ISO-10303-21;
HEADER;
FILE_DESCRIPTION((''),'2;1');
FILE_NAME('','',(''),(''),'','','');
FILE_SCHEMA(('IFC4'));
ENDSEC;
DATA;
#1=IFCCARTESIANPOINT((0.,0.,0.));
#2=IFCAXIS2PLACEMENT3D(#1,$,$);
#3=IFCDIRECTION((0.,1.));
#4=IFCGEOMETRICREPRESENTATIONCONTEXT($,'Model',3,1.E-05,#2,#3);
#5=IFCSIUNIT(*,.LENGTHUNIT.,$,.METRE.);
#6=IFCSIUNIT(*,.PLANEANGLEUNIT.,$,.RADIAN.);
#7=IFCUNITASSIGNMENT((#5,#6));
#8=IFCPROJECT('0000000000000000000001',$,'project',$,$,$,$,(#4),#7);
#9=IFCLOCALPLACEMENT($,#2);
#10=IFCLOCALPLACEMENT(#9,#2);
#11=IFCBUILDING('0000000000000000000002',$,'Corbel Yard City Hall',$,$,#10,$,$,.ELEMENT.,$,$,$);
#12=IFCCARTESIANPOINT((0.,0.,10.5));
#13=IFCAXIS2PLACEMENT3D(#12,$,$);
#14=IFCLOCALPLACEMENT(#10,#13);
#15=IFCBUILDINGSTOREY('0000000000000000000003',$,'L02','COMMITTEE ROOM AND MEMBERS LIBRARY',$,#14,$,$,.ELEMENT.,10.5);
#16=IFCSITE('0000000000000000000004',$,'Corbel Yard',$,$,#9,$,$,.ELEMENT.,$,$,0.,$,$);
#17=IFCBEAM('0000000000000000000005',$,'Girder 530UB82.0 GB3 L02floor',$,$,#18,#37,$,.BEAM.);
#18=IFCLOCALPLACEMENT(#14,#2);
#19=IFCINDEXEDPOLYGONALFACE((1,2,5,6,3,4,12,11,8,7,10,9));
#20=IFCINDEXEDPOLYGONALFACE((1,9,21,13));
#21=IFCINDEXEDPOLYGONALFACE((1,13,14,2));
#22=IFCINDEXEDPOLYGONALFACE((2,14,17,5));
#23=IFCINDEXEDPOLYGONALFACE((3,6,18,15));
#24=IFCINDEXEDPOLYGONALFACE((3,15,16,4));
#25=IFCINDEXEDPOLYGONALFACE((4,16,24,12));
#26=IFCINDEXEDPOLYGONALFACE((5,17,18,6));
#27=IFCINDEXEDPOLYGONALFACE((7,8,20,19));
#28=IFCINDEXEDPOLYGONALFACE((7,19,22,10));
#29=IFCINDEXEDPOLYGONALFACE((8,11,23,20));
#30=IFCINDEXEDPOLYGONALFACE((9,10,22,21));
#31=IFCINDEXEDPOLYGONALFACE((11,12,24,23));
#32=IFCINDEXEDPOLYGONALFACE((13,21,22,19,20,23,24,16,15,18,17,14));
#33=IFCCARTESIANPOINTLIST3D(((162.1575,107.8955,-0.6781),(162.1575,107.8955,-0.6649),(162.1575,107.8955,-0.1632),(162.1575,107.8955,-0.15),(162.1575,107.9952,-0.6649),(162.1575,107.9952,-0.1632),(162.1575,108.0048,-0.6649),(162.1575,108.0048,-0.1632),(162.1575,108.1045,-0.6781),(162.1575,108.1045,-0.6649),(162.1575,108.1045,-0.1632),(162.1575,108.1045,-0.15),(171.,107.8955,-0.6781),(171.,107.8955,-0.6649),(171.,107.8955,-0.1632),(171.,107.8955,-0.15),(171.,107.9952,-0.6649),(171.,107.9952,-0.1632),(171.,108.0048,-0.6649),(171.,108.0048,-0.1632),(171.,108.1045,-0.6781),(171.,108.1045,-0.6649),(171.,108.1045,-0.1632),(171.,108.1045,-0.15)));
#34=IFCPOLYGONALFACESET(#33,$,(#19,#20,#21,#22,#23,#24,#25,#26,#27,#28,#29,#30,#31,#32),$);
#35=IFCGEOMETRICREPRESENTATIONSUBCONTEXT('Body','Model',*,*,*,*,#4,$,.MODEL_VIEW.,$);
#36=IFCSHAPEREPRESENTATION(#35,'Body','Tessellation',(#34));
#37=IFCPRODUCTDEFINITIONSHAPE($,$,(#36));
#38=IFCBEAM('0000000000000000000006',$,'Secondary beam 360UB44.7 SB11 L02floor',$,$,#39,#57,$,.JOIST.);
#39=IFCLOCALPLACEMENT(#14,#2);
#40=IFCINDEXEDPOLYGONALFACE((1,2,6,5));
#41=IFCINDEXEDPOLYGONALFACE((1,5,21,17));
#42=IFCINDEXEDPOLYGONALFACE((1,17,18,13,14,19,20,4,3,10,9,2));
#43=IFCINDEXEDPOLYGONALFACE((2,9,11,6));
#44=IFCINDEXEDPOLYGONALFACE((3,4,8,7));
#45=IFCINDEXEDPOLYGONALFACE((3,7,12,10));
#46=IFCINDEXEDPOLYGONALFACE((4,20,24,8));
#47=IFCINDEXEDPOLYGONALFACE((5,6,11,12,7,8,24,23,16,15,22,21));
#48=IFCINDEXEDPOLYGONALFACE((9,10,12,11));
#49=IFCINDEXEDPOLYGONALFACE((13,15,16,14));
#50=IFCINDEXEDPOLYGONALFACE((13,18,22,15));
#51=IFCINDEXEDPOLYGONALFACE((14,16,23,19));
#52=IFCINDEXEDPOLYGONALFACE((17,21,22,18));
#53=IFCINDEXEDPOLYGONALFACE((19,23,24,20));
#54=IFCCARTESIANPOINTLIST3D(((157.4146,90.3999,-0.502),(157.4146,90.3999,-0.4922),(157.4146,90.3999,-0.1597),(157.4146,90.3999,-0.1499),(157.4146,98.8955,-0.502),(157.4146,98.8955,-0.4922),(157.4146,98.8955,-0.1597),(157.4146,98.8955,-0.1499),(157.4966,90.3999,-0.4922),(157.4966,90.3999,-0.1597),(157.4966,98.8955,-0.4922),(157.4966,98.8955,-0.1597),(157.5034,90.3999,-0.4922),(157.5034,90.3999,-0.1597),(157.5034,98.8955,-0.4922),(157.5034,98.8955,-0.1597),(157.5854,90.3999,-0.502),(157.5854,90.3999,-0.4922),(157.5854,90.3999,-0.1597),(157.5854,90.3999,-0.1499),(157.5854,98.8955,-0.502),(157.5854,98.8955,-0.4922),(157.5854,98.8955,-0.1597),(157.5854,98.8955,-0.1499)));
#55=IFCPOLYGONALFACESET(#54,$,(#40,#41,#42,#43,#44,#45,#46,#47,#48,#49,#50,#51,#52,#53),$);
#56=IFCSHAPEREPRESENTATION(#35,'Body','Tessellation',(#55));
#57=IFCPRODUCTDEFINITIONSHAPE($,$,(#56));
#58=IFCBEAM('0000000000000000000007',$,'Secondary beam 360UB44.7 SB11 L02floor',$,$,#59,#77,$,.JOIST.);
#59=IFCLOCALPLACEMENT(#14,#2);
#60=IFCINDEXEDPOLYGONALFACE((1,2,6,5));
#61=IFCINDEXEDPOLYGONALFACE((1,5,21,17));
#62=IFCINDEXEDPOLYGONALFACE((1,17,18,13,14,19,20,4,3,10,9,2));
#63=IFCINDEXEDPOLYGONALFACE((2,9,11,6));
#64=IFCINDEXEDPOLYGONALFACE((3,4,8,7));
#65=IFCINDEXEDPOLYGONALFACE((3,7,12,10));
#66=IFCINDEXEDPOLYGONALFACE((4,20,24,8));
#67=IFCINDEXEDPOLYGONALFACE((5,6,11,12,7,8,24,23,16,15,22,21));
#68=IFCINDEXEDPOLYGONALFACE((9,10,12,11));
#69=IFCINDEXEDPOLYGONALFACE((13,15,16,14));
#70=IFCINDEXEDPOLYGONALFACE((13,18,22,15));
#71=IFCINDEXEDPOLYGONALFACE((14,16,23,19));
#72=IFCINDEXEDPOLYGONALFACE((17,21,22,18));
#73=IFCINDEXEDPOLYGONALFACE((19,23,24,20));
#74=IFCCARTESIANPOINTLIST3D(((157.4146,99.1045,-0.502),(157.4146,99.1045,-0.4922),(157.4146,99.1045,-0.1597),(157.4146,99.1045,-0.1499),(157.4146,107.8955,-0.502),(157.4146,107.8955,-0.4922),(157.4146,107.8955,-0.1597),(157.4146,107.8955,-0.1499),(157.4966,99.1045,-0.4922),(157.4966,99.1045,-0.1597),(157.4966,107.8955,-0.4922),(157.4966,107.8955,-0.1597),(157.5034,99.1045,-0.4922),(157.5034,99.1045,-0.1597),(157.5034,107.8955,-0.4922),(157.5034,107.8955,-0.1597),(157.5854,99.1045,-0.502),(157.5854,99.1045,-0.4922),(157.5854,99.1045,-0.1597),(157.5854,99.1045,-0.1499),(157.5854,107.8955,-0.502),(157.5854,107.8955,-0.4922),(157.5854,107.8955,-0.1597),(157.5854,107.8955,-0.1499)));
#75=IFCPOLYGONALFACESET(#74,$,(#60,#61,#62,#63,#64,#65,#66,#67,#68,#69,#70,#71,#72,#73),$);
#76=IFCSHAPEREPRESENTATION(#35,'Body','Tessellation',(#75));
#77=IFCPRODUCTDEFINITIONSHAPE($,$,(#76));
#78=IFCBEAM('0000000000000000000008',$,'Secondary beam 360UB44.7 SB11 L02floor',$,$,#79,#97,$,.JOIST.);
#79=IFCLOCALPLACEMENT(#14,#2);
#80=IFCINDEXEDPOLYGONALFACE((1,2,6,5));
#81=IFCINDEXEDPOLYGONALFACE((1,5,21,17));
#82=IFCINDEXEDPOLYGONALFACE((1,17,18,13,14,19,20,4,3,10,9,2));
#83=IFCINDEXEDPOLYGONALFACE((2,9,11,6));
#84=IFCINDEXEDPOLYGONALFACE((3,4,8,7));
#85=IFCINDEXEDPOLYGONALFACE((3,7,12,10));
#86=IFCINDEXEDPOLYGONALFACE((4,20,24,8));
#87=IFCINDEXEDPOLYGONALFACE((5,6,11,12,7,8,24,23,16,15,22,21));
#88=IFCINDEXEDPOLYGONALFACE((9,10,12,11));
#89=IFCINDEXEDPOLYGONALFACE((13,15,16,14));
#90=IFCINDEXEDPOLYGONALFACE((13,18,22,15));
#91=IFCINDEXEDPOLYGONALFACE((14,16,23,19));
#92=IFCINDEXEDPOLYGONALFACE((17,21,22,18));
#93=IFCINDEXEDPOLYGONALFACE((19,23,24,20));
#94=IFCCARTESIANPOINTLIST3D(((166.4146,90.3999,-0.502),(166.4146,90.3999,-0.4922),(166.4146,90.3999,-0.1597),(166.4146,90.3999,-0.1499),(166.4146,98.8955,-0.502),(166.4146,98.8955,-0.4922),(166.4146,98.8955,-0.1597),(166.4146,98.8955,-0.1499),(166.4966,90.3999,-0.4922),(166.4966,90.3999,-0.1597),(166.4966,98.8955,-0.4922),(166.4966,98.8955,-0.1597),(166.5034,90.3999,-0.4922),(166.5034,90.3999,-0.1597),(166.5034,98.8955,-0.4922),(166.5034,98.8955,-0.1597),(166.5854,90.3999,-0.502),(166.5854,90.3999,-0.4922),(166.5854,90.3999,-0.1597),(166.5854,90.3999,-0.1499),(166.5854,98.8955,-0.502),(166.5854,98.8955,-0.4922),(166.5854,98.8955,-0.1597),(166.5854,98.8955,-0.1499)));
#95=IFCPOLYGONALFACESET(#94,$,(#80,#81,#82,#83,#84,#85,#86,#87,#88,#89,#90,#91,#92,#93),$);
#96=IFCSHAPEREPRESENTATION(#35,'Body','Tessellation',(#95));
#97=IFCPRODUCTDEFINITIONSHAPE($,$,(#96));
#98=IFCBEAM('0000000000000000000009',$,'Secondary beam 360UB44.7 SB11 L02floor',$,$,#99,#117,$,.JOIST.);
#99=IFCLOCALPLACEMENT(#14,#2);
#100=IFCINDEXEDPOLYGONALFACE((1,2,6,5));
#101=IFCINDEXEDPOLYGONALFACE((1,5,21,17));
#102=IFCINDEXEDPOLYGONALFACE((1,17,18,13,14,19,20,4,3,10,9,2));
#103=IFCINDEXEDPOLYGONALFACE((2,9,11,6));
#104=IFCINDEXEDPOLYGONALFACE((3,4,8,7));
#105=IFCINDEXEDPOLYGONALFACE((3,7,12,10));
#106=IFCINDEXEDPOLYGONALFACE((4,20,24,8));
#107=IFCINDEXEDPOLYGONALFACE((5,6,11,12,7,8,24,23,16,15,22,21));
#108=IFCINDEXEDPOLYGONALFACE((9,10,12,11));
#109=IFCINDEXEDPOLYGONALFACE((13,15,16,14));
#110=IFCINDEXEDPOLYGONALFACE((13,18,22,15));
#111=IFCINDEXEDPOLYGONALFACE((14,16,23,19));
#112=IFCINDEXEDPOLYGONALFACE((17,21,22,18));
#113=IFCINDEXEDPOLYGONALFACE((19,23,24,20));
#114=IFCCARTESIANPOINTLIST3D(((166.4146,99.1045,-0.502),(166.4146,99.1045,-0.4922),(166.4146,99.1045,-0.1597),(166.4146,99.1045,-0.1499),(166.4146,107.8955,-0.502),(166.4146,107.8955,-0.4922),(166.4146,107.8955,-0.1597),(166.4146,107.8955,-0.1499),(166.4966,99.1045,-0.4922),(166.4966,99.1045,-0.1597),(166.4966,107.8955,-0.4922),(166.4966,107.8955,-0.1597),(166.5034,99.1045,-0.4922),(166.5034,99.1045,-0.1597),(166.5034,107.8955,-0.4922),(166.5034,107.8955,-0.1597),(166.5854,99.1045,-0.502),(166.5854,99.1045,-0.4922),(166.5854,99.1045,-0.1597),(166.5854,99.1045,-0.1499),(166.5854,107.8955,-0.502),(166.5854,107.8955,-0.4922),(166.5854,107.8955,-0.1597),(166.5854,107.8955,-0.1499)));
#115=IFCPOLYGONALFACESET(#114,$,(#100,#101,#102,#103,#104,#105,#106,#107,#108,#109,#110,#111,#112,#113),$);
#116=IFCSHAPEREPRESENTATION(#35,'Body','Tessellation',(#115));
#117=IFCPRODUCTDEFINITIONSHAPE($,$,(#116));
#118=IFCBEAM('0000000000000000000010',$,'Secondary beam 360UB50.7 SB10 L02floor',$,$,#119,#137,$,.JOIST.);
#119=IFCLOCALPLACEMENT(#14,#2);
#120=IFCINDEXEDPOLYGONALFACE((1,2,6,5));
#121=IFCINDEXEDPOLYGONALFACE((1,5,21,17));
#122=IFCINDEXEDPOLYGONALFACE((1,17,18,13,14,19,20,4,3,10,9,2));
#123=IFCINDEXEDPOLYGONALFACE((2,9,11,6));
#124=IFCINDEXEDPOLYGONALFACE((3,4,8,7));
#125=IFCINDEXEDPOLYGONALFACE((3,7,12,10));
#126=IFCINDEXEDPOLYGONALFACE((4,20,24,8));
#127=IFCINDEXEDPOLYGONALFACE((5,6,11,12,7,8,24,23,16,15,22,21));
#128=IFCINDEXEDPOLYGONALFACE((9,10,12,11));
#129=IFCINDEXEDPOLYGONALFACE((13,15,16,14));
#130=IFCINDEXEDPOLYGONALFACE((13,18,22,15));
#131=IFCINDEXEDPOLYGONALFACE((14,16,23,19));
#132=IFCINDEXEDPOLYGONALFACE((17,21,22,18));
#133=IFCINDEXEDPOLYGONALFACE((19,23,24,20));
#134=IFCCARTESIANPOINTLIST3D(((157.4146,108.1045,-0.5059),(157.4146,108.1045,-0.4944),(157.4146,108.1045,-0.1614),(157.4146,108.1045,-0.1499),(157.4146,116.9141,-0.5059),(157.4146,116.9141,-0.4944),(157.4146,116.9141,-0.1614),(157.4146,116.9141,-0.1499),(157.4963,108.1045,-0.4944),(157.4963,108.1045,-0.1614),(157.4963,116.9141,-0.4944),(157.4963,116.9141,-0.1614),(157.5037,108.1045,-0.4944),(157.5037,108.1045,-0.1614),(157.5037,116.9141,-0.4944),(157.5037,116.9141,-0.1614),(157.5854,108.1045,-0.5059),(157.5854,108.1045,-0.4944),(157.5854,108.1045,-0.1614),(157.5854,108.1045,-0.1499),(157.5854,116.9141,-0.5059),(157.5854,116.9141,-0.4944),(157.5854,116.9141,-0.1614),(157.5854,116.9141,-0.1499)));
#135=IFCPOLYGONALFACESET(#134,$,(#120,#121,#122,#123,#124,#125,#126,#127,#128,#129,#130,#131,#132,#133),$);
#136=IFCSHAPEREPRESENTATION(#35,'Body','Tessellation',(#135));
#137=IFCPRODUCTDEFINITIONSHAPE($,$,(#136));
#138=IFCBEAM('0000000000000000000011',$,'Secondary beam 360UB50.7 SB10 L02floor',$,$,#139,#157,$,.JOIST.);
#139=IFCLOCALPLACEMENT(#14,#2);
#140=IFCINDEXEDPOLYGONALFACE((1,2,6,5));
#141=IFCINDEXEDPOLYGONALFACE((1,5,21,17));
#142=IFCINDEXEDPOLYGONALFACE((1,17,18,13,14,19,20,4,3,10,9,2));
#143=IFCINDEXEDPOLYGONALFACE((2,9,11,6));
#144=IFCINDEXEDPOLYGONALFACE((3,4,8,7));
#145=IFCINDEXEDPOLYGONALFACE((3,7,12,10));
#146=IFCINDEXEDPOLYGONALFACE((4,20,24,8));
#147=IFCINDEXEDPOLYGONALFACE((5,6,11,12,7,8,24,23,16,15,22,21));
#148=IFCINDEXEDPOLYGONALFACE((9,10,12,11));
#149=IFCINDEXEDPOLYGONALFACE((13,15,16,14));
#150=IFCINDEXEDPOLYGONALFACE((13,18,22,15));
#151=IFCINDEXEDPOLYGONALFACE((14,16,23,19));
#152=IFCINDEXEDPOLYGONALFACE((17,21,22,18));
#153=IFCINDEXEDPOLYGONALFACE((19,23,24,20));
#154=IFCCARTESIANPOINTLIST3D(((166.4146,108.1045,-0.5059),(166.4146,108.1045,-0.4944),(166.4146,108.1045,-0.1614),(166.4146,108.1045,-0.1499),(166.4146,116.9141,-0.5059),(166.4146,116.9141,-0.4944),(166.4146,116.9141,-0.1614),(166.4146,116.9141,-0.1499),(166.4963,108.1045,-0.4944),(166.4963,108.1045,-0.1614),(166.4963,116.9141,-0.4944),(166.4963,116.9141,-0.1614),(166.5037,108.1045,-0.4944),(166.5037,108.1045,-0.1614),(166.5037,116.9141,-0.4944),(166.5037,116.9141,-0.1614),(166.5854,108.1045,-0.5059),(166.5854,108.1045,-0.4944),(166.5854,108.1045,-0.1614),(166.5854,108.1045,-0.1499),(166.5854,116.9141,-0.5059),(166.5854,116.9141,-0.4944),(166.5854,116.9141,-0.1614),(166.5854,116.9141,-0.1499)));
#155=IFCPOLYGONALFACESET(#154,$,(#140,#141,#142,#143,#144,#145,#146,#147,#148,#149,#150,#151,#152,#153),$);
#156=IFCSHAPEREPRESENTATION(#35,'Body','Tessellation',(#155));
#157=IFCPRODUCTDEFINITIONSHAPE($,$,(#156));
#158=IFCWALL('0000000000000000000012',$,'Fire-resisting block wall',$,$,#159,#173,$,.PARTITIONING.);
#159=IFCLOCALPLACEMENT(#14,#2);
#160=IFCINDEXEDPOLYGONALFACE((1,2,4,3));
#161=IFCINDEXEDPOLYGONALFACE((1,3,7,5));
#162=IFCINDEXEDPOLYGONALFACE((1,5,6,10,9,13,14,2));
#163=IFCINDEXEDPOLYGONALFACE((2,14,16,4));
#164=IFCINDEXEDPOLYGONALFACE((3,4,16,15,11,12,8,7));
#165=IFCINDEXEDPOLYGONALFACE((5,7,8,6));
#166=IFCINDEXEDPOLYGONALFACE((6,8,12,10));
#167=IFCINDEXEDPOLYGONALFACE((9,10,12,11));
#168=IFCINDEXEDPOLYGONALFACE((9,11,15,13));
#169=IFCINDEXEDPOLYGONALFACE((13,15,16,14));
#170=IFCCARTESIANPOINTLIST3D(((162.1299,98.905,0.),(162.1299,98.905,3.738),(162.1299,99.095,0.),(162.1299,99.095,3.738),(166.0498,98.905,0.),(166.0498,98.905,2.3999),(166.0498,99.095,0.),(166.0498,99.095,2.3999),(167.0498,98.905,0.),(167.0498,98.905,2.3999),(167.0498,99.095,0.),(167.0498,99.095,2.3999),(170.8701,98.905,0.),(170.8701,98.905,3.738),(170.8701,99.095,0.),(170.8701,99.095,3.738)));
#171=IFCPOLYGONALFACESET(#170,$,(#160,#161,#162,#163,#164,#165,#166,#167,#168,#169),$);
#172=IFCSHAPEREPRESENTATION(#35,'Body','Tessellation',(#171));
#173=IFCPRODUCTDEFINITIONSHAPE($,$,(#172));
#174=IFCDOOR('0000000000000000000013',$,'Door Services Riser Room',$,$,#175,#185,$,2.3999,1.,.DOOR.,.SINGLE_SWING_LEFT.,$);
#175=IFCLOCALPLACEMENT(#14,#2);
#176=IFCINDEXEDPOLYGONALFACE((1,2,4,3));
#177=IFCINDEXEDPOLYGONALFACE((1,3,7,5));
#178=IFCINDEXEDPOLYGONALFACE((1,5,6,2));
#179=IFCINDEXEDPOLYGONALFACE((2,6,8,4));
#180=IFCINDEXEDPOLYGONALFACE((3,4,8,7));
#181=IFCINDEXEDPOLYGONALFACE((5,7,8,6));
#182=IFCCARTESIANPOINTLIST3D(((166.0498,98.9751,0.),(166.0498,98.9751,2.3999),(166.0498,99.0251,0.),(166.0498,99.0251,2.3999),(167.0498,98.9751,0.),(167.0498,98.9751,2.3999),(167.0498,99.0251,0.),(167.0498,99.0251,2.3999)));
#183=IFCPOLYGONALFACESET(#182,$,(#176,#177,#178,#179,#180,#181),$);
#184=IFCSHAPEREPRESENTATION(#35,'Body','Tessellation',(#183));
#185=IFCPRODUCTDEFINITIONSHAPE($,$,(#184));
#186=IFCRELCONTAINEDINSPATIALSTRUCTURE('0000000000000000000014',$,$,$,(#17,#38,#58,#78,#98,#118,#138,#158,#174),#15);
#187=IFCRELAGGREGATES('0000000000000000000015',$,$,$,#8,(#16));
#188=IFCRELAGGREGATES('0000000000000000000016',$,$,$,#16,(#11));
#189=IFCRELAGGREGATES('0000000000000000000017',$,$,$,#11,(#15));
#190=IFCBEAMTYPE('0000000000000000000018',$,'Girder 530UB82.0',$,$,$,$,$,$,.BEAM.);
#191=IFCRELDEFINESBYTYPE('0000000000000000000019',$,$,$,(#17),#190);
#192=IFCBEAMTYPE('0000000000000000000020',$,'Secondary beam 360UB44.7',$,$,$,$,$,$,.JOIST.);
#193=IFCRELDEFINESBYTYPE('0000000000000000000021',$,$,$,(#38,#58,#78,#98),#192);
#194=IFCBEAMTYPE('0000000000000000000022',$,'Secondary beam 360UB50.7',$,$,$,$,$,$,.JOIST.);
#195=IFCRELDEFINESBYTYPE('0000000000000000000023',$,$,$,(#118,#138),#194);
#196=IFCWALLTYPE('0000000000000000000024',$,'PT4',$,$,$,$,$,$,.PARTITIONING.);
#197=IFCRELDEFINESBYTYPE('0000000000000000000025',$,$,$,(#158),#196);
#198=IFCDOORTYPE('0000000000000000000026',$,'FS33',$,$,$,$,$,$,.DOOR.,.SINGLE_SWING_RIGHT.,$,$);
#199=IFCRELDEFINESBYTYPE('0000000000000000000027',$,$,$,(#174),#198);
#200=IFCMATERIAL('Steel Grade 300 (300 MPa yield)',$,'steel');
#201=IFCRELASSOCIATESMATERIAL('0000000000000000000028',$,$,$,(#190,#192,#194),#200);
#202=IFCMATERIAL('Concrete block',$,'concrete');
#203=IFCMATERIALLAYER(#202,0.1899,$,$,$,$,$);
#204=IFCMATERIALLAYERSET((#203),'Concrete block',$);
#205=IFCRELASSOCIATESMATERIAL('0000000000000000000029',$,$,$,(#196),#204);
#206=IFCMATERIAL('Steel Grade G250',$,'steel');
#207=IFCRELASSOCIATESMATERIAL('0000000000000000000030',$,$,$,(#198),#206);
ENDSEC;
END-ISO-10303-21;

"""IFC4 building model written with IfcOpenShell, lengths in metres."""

from ifc_helpers import new_model, si_unit, direction, frame, frame_2d, origin, origin_2d, place, context, subcontext, project, spatial, rectangle, i_section, extrude, material, layer, layer_set, material_profile, profile_set, type_object, element, fill, save


model = new_model("IFC4")

# Units and contexts
model_context = context("Model", 3, precision=1e-05, world=origin(), true_north=direction((0.0, 1.0)))
body_context = subcontext(model_context, "Body", "Model", "MODEL_VIEW")
ifc_project = project(units=[si_unit("LENGTHUNIT", "METRE"), si_unit("PLANEANGLEUNIT", "RADIAN")], contexts=[model_context])

# Site, building, storey
site_placement = place(None, origin())
site = spatial("IfcSite", under=ifc_project, at=site_placement, Name="Corbel Yard", CompositionType="ELEMENT", RefElevation=0.0)
building_placement = place(site_placement, origin())
building = spatial("IfcBuilding", under=site, at=building_placement, Name="Corbel Yard City Hall", CompositionType="ELEMENT")
storey_placement = place(building_placement, frame((0.0, 0.0, 10.5)))
storey = spatial("IfcBuildingStorey", under=building, at=storey_placement, Name="L02", Description="COMMITTEE ROOM AND MEMBERS LIBRARY", CompositionType="ELEMENT", Elevation=10.5)

# Shared definitions
ifc_material_1 = material(Name="Steel Grade 300 (300 MPa yield)", Category="steel")

# Beams
ifc_material_profile_1 = material_profile(ifc_material_1, i_section(OverallWidth=0.209, OverallDepth=0.5281, WebThickness=0.0095, FlangeThickness=0.0132, at=origin_2d()), Name="530UB82.0")
ifc_profile_set_1 = profile_set([ifc_material_profile_1], Name="Steel Grade 300 (300 MPa yield)")
beam_type_1 = type_object("IfcBeamType", Name="Girder 530UB82.0", PredefinedType="BEAM", material=ifc_profile_set_1)
beam_1_placement = place(storey_placement, frame((162.1575, 108.0, -0.4141), z_axis=(1.0, 0.0, 0.0), x_axis=(0.0, 1.0, 0.0)))
element("IfcBeam", 1, at=beam_1_placement, inside=storey, type_object=beam_type_1, Name="Girder 530UB82.0 GB3 L02floor", PredefinedType="BEAM", context=body_context, shape_type="SweptSolid", body=[
    extrude(i_section(OverallWidth=0.209, OverallDepth=0.5281, WebThickness=0.0095, FlangeThickness=0.0132, at=origin_2d()), origin(), (0.0, 0.0, 1.0), 8.8425),
])
ifc_material_profile_2 = material_profile(ifc_material_1, i_section(OverallWidth=0.1709, OverallDepth=0.3521, WebThickness=0.0068, FlangeThickness=0.0098, at=origin_2d()), Name="360UB44.7")
ifc_profile_set_2 = profile_set([ifc_material_profile_2], Name="Steel Grade 300 (300 MPa yield)")
beam_type_2 = type_object("IfcBeamType", Name="Secondary beam 360UB44.7", PredefinedType="JOIST", material=ifc_profile_set_2)
beam_2_placement = place(storey_placement, frame((157.5, 90.3999, -0.3259), z_axis=(0.0, 1.0, 0.0), x_axis=(-1.0, 0.0, 0.0)))
element("IfcBeam", 2, at=beam_2_placement, inside=storey, type_object=beam_type_2, Name="Secondary beam 360UB44.7 SB11 L02floor", PredefinedType="JOIST", context=body_context, shape_type="SweptSolid", body=[
    extrude(i_section(OverallWidth=0.1709, OverallDepth=0.3521, WebThickness=0.0068, FlangeThickness=0.0098, at=origin_2d()), origin(), (0.0, 0.0, 1.0), 8.4956),
])
beam_3_placement = place(storey_placement, frame((157.5, 99.1045, -0.3259), z_axis=(0.0, 1.0, 0.0), x_axis=(-1.0, 0.0, 0.0)))
element("IfcBeam", 3, at=beam_3_placement, inside=storey, type_object=beam_type_2, Name="Secondary beam 360UB44.7 SB11 L02floor", PredefinedType="JOIST", context=body_context, shape_type="SweptSolid", body=[
    extrude(i_section(OverallWidth=0.1709, OverallDepth=0.3521, WebThickness=0.0068, FlangeThickness=0.0098, at=origin_2d()), origin(), (0.0, 0.0, 1.0), 8.791),
])
beam_4_placement = place(storey_placement, frame((166.5, 90.3999, -0.3259), z_axis=(0.0, 1.0, 0.0), x_axis=(-1.0, 0.0, 0.0)))
element("IfcBeam", 4, at=beam_4_placement, inside=storey, type_object=beam_type_2, Name="Secondary beam 360UB44.7 SB11 L02floor", PredefinedType="JOIST", context=body_context, shape_type="SweptSolid", body=[
    extrude(i_section(OverallWidth=0.1709, OverallDepth=0.3521, WebThickness=0.0068, FlangeThickness=0.0098, at=origin_2d()), origin(), (0.0, 0.0, 1.0), 8.4956),
])
beam_5_placement = place(storey_placement, frame((166.5, 99.1045, -0.3259), z_axis=(0.0, 1.0, 0.0), x_axis=(-1.0, 0.0, 0.0)))
element("IfcBeam", 5, at=beam_5_placement, inside=storey, type_object=beam_type_2, Name="Secondary beam 360UB44.7 SB11 L02floor", PredefinedType="JOIST", context=body_context, shape_type="SweptSolid", body=[
    extrude(i_section(OverallWidth=0.1709, OverallDepth=0.3521, WebThickness=0.0068, FlangeThickness=0.0098, at=origin_2d()), origin(), (0.0, 0.0, 1.0), 8.791),
])
ifc_material_profile_3 = material_profile(ifc_material_1, i_section(OverallWidth=0.1709, OverallDepth=0.356, WebThickness=0.0073, FlangeThickness=0.0115, at=origin_2d()), Name="360UB50.7")
ifc_profile_set_3 = profile_set([ifc_material_profile_3], Name="Steel Grade 300 (300 MPa yield)")
beam_type_3 = type_object("IfcBeamType", Name="Secondary beam 360UB50.7", PredefinedType="JOIST", material=ifc_profile_set_3)
for number, where, z_axis, x_axis, name in (
    (6, (157.5, 108.1045, -0.3279), (0.0, 1.0, 0.0), (-1.0, 0.0, 0.0), "Secondary beam 360UB50.7 SB10 L02floor"),
    (7, (166.5, 108.1045, -0.3279), (0.0, 1.0, 0.0), (-1.0, 0.0, 0.0), "Secondary beam 360UB50.7 SB10 L02floor"),
):
    element("IfcBeam", number, at=place(storey_placement, frame(where, z_axis=z_axis, x_axis=x_axis)), inside=storey, type_object=beam_type_3, Name=name, PredefinedType="JOIST", context=body_context, shape_type="SweptSolid", body=[
        extrude(i_section(OverallWidth=0.1709, OverallDepth=0.356, WebThickness=0.0073, FlangeThickness=0.0115, at=origin_2d()), origin(), (0.0, 0.0, 1.0), 8.8096),
    ])

# Wall, opening, door
ifc_material_2 = material(Name="Concrete block", Category="concrete")
ifc_layer_1 = layer(ifc_material_2, 0.1899)
ifc_layer_set_1 = layer_set([ifc_layer_1], Name="Concrete block")
wall_type_1 = type_object("IfcWallType", Name="PT4", PredefinedType="PARTITIONING", material=ifc_layer_set_1)
wall_1_placement = place(storey_placement, frame((162.1299, 99.0, 0.0), z_axis=(0.0, 0.0, 1.0), x_axis=(1.0, 0.0, 0.0)))
wall_1 = element("IfcWall", 8, at=wall_1_placement, inside=storey, type_object=wall_type_1, Name="Fire-resisting block wall", PredefinedType="PARTITIONING", context=body_context, shape_type="SweptSolid", body=[
    extrude(rectangle(XDim=8.7402, YDim=0.1899, at=frame_2d((4.3701, 0.0))), origin(), (0.0, 0.0, 1.0), 3.738),
])
opening_1_placement = place(wall_1_placement, frame((3.9199, 0.0, 0.0)))
opening_1 = element("IfcOpeningElement", 9, at=opening_1_placement, cuts=wall_1, PredefinedType="OPENING", context=body_context, shape_type="SweptSolid", body=[
    extrude(rectangle(XDim=1.0, YDim=2.3999, at=frame_2d((0.5, 1.2))), frame((0.0, 0.105, 0.0), z_axis=(0.0, -1.0, 0.0), x_axis=(1.0, 0.0, 0.0)), (0.0, 0.0, 1.0), 0.21),
])
ifc_material_3 = material(Name="Steel Grade G250", Category="steel")
door_type_1 = type_object("IfcDoorType", Name="FS33", OperationType="SINGLE_SWING_RIGHT", PredefinedType="DOOR", material=ifc_material_3)
door_1_placement = place(opening_1_placement, frame((1.0, 0.0, 0.0), z_axis=(0.0, 0.0, 1.0), x_axis=(-1.0, 0.0, 0.0)))
door_1 = element("IfcDoor", 10, at=door_1_placement, inside=storey, type_object=door_type_1, Name="Door Services Riser Room", OperationType="SINGLE_SWING_LEFT", OverallHeight=2.3999, OverallWidth=1.0, PredefinedType="DOOR", context=body_context, shape_type="SweptSolid", body=[
    extrude(rectangle(XDim=1.0, YDim=2.3999, at=frame_2d((0.5, 1.2))), frame((0.0, 0.0249, 0.0), z_axis=(0.0, -1.0, 0.0), x_axis=(1.0, 0.0, 0.0)), (0.0, 0.0, 1.0), 0.05),
])
fill(opening_1, door_1)

save(model, "model.ifc")
